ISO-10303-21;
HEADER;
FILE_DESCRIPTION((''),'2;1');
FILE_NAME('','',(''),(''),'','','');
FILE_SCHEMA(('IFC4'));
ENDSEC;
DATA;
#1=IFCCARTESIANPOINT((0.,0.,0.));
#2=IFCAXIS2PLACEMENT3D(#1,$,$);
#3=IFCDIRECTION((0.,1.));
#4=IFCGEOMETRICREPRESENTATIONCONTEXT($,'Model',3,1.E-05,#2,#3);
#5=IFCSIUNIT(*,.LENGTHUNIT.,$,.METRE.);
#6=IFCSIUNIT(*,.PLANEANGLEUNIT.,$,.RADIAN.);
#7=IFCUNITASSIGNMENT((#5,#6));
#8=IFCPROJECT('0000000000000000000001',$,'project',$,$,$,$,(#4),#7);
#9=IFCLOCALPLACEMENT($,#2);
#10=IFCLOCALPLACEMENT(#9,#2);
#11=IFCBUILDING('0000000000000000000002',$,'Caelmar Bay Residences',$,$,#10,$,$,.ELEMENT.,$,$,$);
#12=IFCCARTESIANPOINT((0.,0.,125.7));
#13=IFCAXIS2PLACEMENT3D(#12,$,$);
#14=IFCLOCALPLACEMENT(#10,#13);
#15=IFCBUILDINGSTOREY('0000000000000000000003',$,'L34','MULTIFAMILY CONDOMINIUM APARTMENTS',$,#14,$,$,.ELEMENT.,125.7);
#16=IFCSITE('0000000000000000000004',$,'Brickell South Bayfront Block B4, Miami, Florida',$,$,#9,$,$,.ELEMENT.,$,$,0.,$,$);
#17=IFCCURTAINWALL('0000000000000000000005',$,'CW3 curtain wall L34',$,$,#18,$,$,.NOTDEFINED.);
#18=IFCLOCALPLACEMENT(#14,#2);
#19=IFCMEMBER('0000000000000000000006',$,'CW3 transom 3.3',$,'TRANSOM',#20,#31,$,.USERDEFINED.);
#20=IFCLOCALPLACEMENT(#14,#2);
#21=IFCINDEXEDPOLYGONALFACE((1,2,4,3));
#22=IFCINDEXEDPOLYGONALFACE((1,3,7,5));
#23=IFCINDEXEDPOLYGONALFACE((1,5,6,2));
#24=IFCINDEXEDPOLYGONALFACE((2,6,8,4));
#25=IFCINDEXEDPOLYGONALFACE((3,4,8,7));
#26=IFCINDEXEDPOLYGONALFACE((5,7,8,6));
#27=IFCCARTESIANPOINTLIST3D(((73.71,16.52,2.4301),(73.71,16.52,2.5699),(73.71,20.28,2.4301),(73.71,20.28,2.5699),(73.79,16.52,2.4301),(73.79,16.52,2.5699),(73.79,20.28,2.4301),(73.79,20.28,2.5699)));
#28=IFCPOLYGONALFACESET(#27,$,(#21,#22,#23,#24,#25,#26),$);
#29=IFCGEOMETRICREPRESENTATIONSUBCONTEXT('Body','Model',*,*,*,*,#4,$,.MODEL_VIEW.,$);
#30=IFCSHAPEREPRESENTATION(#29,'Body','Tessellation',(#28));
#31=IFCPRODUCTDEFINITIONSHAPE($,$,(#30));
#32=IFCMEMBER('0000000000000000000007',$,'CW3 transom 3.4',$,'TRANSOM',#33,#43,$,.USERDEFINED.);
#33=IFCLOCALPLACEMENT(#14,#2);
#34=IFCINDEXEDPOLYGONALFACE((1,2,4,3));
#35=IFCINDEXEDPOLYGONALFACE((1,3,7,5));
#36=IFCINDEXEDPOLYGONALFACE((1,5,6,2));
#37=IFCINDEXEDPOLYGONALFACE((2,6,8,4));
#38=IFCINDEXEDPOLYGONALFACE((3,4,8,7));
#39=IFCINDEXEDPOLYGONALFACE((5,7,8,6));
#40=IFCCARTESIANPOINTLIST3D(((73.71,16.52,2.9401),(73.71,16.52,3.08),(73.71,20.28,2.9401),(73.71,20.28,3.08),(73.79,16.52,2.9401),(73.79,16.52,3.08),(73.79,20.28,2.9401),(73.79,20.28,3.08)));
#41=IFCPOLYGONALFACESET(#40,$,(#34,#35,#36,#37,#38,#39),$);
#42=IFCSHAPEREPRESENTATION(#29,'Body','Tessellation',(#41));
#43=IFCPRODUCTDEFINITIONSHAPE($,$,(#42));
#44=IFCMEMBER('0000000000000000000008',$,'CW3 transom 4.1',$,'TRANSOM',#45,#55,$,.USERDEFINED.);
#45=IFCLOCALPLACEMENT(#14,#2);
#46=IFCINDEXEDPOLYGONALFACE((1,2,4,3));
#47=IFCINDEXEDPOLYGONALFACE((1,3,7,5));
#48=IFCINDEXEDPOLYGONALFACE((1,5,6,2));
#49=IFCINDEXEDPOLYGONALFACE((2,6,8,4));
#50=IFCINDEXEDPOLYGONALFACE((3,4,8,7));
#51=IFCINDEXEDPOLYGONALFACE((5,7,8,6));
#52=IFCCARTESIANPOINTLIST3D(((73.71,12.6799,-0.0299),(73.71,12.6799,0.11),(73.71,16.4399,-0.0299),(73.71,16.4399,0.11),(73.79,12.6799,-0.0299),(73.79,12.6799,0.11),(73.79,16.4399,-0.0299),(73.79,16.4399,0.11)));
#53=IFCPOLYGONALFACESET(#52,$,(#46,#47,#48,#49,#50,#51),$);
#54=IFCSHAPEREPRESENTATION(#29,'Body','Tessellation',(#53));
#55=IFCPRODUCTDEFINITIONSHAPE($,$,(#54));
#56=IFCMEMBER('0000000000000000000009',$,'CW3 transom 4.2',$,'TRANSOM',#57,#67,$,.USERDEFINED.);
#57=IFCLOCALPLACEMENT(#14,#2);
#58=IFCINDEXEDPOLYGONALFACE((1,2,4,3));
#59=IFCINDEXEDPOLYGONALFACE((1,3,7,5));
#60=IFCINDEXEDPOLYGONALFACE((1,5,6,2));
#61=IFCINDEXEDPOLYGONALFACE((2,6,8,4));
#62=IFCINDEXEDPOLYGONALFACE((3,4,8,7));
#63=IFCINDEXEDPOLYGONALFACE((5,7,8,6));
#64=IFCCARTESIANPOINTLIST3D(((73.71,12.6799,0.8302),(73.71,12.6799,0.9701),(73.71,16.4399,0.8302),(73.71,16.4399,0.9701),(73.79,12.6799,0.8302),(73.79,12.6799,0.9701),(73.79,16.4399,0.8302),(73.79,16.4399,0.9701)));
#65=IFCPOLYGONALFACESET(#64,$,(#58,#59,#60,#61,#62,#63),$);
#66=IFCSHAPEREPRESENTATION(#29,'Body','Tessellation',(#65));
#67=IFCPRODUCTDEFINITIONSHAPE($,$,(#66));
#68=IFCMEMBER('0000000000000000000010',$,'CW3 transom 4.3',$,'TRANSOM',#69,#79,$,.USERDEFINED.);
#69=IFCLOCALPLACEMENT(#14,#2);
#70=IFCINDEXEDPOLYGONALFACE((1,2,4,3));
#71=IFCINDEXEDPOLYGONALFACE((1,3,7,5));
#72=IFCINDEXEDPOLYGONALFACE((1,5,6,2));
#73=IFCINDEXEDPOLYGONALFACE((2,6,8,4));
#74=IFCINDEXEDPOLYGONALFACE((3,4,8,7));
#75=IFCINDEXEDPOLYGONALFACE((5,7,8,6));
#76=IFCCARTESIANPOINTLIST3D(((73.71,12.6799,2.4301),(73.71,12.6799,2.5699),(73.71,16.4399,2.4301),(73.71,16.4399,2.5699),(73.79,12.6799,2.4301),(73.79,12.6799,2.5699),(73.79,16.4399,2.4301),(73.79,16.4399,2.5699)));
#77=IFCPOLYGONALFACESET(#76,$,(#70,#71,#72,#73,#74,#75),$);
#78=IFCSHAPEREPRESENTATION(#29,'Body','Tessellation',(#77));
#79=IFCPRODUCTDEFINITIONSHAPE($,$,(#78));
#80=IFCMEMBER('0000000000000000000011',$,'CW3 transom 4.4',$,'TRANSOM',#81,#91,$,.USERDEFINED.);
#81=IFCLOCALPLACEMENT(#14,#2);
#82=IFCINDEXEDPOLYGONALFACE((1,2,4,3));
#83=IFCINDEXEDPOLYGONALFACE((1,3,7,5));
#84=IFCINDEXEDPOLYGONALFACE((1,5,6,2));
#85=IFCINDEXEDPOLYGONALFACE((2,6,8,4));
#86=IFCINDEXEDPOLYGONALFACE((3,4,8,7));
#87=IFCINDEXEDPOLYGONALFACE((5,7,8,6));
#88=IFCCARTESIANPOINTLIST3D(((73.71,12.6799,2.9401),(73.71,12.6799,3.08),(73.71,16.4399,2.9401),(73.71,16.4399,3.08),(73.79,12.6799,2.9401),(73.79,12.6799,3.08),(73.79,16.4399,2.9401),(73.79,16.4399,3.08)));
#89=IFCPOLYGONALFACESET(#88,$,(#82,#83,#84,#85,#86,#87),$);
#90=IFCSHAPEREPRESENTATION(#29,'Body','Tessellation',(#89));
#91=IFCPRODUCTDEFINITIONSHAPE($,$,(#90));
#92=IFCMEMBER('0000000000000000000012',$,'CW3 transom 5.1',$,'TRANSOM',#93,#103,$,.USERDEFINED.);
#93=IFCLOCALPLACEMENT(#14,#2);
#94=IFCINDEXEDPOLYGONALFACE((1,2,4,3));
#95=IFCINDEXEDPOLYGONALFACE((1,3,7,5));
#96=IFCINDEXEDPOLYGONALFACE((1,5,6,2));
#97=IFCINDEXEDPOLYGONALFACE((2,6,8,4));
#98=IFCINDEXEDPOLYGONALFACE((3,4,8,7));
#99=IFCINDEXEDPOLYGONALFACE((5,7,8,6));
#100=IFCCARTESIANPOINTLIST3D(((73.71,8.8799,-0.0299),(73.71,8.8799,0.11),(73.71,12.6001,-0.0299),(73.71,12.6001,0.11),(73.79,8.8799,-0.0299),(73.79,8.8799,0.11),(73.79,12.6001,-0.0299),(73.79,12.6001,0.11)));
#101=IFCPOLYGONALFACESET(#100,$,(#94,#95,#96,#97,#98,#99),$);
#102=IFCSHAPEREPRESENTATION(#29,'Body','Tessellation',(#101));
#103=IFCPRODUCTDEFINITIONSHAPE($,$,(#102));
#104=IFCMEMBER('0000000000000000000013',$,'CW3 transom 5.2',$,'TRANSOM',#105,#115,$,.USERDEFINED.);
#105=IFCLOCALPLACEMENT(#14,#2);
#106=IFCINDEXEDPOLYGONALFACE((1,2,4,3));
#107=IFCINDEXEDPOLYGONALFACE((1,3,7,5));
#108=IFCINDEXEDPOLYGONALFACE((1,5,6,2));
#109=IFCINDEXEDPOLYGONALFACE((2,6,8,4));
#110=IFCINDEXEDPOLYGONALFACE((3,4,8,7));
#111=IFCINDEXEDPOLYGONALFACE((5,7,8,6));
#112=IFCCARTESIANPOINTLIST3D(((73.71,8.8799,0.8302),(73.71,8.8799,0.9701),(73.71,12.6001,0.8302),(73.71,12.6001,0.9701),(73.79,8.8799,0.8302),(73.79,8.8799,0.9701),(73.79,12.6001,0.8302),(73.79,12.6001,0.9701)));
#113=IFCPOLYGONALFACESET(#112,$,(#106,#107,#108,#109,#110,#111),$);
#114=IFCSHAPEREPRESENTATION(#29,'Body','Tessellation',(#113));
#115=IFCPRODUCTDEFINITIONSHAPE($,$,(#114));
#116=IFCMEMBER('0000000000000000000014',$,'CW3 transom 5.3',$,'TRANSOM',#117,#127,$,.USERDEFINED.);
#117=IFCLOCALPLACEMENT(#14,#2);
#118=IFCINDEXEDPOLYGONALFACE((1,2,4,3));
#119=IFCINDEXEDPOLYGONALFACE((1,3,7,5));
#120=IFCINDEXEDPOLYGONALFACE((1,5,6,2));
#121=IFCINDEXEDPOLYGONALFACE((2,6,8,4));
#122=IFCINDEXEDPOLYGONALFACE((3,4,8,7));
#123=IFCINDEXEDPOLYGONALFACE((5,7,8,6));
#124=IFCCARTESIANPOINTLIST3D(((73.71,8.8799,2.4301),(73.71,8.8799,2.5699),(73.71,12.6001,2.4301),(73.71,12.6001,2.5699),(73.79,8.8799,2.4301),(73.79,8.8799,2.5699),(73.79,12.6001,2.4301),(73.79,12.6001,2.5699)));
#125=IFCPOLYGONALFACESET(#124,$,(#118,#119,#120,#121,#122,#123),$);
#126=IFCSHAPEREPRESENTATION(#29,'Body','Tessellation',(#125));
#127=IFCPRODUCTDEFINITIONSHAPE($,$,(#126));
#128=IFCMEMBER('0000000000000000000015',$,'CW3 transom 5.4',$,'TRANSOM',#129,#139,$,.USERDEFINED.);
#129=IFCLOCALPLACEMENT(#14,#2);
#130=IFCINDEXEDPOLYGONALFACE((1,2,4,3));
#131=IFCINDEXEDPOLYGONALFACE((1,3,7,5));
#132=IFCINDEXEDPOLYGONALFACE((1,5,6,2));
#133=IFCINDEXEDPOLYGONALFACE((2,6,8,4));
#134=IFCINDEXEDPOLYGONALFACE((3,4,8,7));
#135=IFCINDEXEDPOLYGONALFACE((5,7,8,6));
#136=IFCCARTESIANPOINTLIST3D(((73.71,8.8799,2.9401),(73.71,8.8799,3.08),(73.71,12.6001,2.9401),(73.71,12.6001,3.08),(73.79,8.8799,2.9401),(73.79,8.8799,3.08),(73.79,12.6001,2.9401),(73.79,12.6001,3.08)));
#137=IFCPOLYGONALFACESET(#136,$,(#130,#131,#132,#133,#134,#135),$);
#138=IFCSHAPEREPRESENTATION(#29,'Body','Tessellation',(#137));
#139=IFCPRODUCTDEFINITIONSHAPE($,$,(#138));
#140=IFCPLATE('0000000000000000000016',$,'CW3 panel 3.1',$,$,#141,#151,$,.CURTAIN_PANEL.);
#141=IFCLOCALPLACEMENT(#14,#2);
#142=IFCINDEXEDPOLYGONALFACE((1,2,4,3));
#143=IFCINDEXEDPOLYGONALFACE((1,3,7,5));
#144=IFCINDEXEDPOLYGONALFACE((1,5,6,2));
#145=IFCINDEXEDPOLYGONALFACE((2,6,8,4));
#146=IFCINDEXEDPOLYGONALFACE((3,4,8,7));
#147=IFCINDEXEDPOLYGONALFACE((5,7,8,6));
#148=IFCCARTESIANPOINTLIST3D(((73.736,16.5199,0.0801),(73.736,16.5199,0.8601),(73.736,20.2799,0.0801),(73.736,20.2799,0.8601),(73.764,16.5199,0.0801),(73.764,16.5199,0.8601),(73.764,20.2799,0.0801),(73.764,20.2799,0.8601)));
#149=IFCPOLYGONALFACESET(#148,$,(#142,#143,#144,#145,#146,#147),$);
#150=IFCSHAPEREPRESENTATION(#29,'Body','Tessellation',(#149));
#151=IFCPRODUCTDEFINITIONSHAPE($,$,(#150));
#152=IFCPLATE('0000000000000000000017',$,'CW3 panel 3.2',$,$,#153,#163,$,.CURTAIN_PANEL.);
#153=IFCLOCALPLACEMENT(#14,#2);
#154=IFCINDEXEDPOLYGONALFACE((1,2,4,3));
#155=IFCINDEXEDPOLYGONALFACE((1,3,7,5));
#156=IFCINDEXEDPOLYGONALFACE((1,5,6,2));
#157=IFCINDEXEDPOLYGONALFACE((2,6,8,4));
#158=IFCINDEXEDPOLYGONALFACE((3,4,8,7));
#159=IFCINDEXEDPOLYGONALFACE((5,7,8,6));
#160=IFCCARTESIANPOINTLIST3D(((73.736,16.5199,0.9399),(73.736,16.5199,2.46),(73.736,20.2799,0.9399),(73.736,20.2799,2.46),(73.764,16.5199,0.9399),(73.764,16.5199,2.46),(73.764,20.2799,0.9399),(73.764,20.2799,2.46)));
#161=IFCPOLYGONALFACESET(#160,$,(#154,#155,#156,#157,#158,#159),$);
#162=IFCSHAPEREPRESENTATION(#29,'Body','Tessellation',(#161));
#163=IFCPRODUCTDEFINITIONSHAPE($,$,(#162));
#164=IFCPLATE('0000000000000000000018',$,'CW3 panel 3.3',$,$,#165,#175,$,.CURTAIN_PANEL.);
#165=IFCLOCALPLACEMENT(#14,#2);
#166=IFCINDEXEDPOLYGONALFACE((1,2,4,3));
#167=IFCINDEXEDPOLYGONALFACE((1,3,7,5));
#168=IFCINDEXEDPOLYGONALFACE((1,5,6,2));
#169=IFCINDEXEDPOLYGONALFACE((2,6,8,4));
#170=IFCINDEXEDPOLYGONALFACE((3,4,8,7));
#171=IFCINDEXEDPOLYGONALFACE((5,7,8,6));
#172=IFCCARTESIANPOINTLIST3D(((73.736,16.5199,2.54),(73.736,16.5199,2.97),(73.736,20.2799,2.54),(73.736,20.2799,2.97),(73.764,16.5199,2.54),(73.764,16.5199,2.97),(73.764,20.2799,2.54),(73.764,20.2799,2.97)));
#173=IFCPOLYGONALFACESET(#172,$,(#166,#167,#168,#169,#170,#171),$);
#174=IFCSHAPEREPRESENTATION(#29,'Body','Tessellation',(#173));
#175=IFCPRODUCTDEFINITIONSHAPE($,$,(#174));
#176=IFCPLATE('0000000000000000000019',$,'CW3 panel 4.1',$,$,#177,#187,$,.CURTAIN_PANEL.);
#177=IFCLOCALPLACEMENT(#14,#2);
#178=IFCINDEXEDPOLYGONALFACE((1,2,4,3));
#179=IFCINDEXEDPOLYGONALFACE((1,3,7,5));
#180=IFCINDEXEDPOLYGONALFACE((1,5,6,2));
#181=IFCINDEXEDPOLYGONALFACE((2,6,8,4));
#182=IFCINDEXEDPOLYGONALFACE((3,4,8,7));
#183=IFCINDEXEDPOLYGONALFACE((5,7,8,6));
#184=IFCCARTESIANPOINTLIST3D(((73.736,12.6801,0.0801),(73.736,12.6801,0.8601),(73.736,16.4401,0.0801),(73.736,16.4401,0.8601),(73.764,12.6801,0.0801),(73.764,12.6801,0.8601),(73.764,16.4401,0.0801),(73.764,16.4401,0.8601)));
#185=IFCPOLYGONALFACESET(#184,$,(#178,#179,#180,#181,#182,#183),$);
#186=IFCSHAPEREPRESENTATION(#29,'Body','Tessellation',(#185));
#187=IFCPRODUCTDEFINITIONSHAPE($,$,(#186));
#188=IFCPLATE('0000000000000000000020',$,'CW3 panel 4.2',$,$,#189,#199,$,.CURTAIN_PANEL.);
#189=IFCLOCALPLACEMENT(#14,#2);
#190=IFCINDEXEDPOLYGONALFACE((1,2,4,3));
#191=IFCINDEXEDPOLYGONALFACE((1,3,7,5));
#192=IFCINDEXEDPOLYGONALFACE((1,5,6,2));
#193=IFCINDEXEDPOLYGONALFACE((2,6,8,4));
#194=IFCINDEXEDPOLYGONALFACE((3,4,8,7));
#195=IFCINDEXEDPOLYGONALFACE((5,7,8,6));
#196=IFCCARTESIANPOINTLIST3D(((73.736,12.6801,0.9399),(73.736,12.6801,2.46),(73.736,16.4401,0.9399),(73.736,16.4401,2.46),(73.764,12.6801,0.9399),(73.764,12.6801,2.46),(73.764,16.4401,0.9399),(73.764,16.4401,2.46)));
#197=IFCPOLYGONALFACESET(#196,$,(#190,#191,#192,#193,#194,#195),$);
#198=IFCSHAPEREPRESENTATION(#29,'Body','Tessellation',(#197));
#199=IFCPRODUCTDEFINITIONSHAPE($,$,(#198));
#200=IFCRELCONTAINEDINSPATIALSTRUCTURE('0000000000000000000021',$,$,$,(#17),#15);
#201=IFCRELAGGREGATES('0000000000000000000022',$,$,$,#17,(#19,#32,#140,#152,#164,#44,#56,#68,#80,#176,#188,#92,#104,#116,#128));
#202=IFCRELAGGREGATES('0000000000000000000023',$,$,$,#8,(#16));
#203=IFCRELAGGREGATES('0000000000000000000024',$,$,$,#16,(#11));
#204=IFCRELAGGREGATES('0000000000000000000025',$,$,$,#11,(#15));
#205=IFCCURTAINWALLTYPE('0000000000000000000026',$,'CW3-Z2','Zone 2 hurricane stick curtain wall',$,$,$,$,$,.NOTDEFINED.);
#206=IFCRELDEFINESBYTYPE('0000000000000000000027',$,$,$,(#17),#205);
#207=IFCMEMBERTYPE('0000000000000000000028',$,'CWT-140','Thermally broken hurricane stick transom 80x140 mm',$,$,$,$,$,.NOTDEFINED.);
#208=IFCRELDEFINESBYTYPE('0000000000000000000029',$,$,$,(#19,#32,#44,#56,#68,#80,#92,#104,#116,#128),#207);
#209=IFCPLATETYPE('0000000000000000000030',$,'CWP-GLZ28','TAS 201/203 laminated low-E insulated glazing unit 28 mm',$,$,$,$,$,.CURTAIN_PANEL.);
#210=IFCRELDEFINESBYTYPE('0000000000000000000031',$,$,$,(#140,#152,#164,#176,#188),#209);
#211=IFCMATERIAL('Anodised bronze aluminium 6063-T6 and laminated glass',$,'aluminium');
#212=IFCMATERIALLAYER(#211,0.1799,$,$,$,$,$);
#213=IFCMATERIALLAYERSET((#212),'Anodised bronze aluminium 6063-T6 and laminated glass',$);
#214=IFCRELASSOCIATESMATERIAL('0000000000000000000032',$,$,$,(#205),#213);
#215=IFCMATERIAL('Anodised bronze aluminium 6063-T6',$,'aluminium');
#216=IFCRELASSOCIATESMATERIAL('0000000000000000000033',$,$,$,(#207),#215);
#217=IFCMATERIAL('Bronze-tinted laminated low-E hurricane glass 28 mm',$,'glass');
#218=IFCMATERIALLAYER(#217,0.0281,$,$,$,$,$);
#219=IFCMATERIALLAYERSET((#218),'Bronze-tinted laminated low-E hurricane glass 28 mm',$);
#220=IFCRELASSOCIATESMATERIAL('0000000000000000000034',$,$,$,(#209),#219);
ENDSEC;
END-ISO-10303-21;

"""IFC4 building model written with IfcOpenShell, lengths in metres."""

from ifc_helpers import new_model, si_unit, direction, frame, origin, origin_2d, place, context, subcontext, project, spatial, rectangle, extrude, material, layer, layer_set, material_profile, profile_set, type_object, element, aggregate, save


model = new_model("IFC4")

# Units and contexts
model_context = context("Model", 3, precision=1e-05, world=origin(), true_north=direction((0.0, 1.0)))
body_context = subcontext(model_context, "Body", "Model", "MODEL_VIEW")
ifc_project = project(units=[si_unit("LENGTHUNIT", "METRE"), si_unit("PLANEANGLEUNIT", "RADIAN")], contexts=[model_context])

# Site, building, storey
site_placement = place(None, origin())
site = spatial("IfcSite", under=ifc_project, at=site_placement, Name="Brickell South Bayfront Block B4, Miami, Florida", CompositionType="ELEMENT", RefElevation=0.0)
building_placement = place(site_placement, origin())
building = spatial("IfcBuilding", under=site, at=building_placement, Name="Caelmar Bay Residences", CompositionType="ELEMENT")
storey_placement = place(building_placement, frame((0.0, 0.0, 125.7)))
storey = spatial("IfcBuildingStorey", under=building, at=storey_placement, Name="L34", Description="MULTIFAMILY CONDOMINIUM APARTMENTS", CompositionType="ELEMENT", Elevation=125.7)

# Curtain wall, members, plates
ifc_material_1 = material(Name="Anodised bronze aluminium 6063-T6 and laminated glass", Category="aluminium")
ifc_layer_1 = layer(ifc_material_1, 0.1799)
ifc_layer_set_1 = layer_set([ifc_layer_1], Name="Anodised bronze aluminium 6063-T6 and laminated glass")
curtain_wall_type = type_object("IfcCurtainWallType", Name="CW3-Z2", Description="Zone 2 hurricane stick curtain wall", PredefinedType="NOTDEFINED", material=ifc_layer_set_1)
curtain_wall_placement = place(storey_placement, origin())
curtain_wall = element("IfcCurtainWall", 1, at=curtain_wall_placement, inside=storey, type_object=curtain_wall_type, Name="CW3 curtain wall L34", PredefinedType="NOTDEFINED")
ifc_material_2 = material(Name="Anodised bronze aluminium 6063-T6", Category="aluminium")
ifc_material_profile_1 = material_profile(ifc_material_2, rectangle(XDim=0.0801, YDim=0.1399, at=origin_2d()), Name="CWT-80X140")
ifc_profile_set_1 = profile_set([ifc_material_profile_1], Name="Anodised bronze aluminium 6063-T6")
member_type_1 = type_object("IfcMemberType", Name="CWT-140", Description="Thermally broken hurricane stick transom 80x140 mm", PredefinedType="NOTDEFINED", material=ifc_profile_set_1)
member_1_placement = place(storey_placement, frame((73.75, 20.28, 2.5), z_axis=(0.0, -1.0, 0.0), x_axis=(1.0, 0.0, 0.0)))
member_1 = element("IfcMember", 2, at=member_1_placement, type_object=member_type_1, Name="CW3 transom 3.3", ObjectType="TRANSOM", PredefinedType="USERDEFINED", context=body_context, shape_type="SweptSolid", body=[
    extrude(rectangle(XDim=0.0801, YDim=0.1399, at=origin_2d()), origin(), (0.0, 0.0, 1.0), 3.76),
])
member_2_placement = place(storey_placement, frame((73.75, 20.28, 3.01), z_axis=(0.0, -1.0, 0.0), x_axis=(1.0, 0.0, 0.0)))
member_2 = element("IfcMember", 3, at=member_2_placement, type_object=member_type_1, Name="CW3 transom 3.4", ObjectType="TRANSOM", PredefinedType="USERDEFINED", context=body_context, shape_type="SweptSolid", body=[
    extrude(rectangle(XDim=0.0801, YDim=0.1399, at=origin_2d()), origin(), (0.0, 0.0, 1.0), 3.76),
])
member_3_placement = place(storey_placement, frame((73.75, 16.4399, 0.04), z_axis=(0.0, -1.0, 0.0), x_axis=(1.0, 0.0, 0.0)))
member_3 = element("IfcMember", 4, at=member_3_placement, type_object=member_type_1, Name="CW3 transom 4.1", ObjectType="TRANSOM", PredefinedType="USERDEFINED", context=body_context, shape_type="SweptSolid", body=[
    extrude(rectangle(XDim=0.0801, YDim=0.1399, at=origin_2d()), origin(), (0.0, 0.0, 1.0), 3.76),
])
member_4_placement = place(storey_placement, frame((73.75, 16.4399, 0.9001), z_axis=(0.0, -1.0, 0.0), x_axis=(1.0, 0.0, 0.0)))
member_4 = element("IfcMember", 5, at=member_4_placement, type_object=member_type_1, Name="CW3 transom 4.2", ObjectType="TRANSOM", PredefinedType="USERDEFINED", context=body_context, shape_type="SweptSolid", body=[
    extrude(rectangle(XDim=0.0801, YDim=0.1399, at=origin_2d()), origin(), (0.0, 0.0, 1.0), 3.76),
])
member_5_placement = place(storey_placement, frame((73.75, 16.4399, 2.5), z_axis=(0.0, -1.0, 0.0), x_axis=(1.0, 0.0, 0.0)))
member_5 = element("IfcMember", 6, at=member_5_placement, type_object=member_type_1, Name="CW3 transom 4.3", ObjectType="TRANSOM", PredefinedType="USERDEFINED", context=body_context, shape_type="SweptSolid", body=[
    extrude(rectangle(XDim=0.0801, YDim=0.1399, at=origin_2d()), origin(), (0.0, 0.0, 1.0), 3.76),
])
member_6_placement = place(storey_placement, frame((73.75, 16.4399, 3.01), z_axis=(0.0, -1.0, 0.0), x_axis=(1.0, 0.0, 0.0)))
member_6 = element("IfcMember", 7, at=member_6_placement, type_object=member_type_1, Name="CW3 transom 4.4", ObjectType="TRANSOM", PredefinedType="USERDEFINED", context=body_context, shape_type="SweptSolid", body=[
    extrude(rectangle(XDim=0.0801, YDim=0.1399, at=origin_2d()), origin(), (0.0, 0.0, 1.0), 3.76),
])
member_7_placement = place(storey_placement, frame((73.75, 12.6001, 0.04), z_axis=(0.0, -1.0, 0.0), x_axis=(1.0, 0.0, 0.0)))
member_7 = element("IfcMember", 8, at=member_7_placement, type_object=member_type_1, Name="CW3 transom 5.1", ObjectType="TRANSOM", PredefinedType="USERDEFINED", context=body_context, shape_type="SweptSolid", body=[
    extrude(rectangle(XDim=0.0801, YDim=0.1399, at=origin_2d()), origin(), (0.0, 0.0, 1.0), 3.7202),
])
member_8_placement = place(storey_placement, frame((73.75, 12.6001, 0.9001), z_axis=(0.0, -1.0, 0.0), x_axis=(1.0, 0.0, 0.0)))
member_8 = element("IfcMember", 9, at=member_8_placement, type_object=member_type_1, Name="CW3 transom 5.2", ObjectType="TRANSOM", PredefinedType="USERDEFINED", context=body_context, shape_type="SweptSolid", body=[
    extrude(rectangle(XDim=0.0801, YDim=0.1399, at=origin_2d()), origin(), (0.0, 0.0, 1.0), 3.7202),
])
member_9_placement = place(storey_placement, frame((73.75, 12.6001, 2.5), z_axis=(0.0, -1.0, 0.0), x_axis=(1.0, 0.0, 0.0)))
member_9 = element("IfcMember", 10, at=member_9_placement, type_object=member_type_1, Name="CW3 transom 5.3", ObjectType="TRANSOM", PredefinedType="USERDEFINED", context=body_context, shape_type="SweptSolid", body=[
    extrude(rectangle(XDim=0.0801, YDim=0.1399, at=origin_2d()), origin(), (0.0, 0.0, 1.0), 3.7202),
])
member_10_placement = place(storey_placement, frame((73.75, 12.6001, 3.01), z_axis=(0.0, -1.0, 0.0), x_axis=(1.0, 0.0, 0.0)))
member_10 = element("IfcMember", 11, at=member_10_placement, type_object=member_type_1, Name="CW3 transom 5.4", ObjectType="TRANSOM", PredefinedType="USERDEFINED", context=body_context, shape_type="SweptSolid", body=[
    extrude(rectangle(XDim=0.0801, YDim=0.1399, at=origin_2d()), origin(), (0.0, 0.0, 1.0), 3.7202),
])
ifc_material_3 = material(Name="Bronze-tinted laminated low-E hurricane glass 28 mm", Category="glass")
ifc_layer_2 = layer(ifc_material_3, 0.0281)
ifc_layer_set_2 = layer_set([ifc_layer_2], Name="Bronze-tinted laminated low-E hurricane glass 28 mm")
plate_type = type_object("IfcPlateType", Name="CWP-GLZ28", Description="TAS 201/203 laminated low-E insulated glazing unit 28 mm", PredefinedType="CURTAIN_PANEL", material=ifc_layer_set_2)
plate_1_placement = place(storey_placement, frame((73.75, 18.3999, 0.0801), z_axis=(0.0, 0.0, 1.0), x_axis=(0.0, -1.0, 0.0)))
plate_1 = element("IfcPlate", 12, at=plate_1_placement, type_object=plate_type, Name="CW3 panel 3.1", PredefinedType="CURTAIN_PANEL", context=body_context, shape_type="SweptSolid", body=[
    extrude(rectangle(XDim=3.76, YDim=0.0281, at=origin_2d()), origin(), (0.0, 0.0, 1.0), 0.78),
])
plate_2_placement = place(storey_placement, frame((73.75, 18.3999, 0.9399), z_axis=(0.0, 0.0, 1.0), x_axis=(0.0, -1.0, 0.0)))
plate_2 = element("IfcPlate", 13, at=plate_2_placement, type_object=plate_type, Name="CW3 panel 3.2", PredefinedType="CURTAIN_PANEL", context=body_context, shape_type="SweptSolid", body=[
    extrude(rectangle(XDim=3.76, YDim=0.0281, at=origin_2d()), origin(), (0.0, 0.0, 1.0), 1.52),
])
plate_3_placement = place(storey_placement, frame((73.75, 18.3999, 2.54), z_axis=(0.0, 0.0, 1.0), x_axis=(0.0, -1.0, 0.0)))
plate_3 = element("IfcPlate", 14, at=plate_3_placement, type_object=plate_type, Name="CW3 panel 3.3", PredefinedType="CURTAIN_PANEL", context=body_context, shape_type="SweptSolid", body=[
    extrude(rectangle(XDim=3.76, YDim=0.0281, at=origin_2d()), origin(), (0.0, 0.0, 1.0), 0.4299),
])
plate_4_placement = place(storey_placement, frame((73.75, 14.5601, 0.0801), z_axis=(0.0, 0.0, 1.0), x_axis=(0.0, -1.0, 0.0)))
plate_4 = element("IfcPlate", 15, at=plate_4_placement, type_object=plate_type, Name="CW3 panel 4.1", PredefinedType="CURTAIN_PANEL", context=body_context, shape_type="SweptSolid", body=[
    extrude(rectangle(XDim=3.76, YDim=0.0281, at=origin_2d()), origin(), (0.0, 0.0, 1.0), 0.78),
])
plate_5_placement = place(storey_placement, frame((73.75, 14.5601, 0.9399), z_axis=(0.0, 0.0, 1.0), x_axis=(0.0, -1.0, 0.0)))
plate_5 = element("IfcPlate", 16, at=plate_5_placement, type_object=plate_type, Name="CW3 panel 4.2", PredefinedType="CURTAIN_PANEL", context=body_context, shape_type="SweptSolid", body=[
    extrude(rectangle(XDim=3.76, YDim=0.0281, at=origin_2d()), origin(), (0.0, 0.0, 1.0), 1.52),
])
aggregate(curtain_wall, [member_1, member_2, plate_1, plate_2, plate_3, member_3, member_4, member_5, member_6, plate_4, plate_5, member_7, member_8, member_9, member_10])

save(model, "model.ifc")
